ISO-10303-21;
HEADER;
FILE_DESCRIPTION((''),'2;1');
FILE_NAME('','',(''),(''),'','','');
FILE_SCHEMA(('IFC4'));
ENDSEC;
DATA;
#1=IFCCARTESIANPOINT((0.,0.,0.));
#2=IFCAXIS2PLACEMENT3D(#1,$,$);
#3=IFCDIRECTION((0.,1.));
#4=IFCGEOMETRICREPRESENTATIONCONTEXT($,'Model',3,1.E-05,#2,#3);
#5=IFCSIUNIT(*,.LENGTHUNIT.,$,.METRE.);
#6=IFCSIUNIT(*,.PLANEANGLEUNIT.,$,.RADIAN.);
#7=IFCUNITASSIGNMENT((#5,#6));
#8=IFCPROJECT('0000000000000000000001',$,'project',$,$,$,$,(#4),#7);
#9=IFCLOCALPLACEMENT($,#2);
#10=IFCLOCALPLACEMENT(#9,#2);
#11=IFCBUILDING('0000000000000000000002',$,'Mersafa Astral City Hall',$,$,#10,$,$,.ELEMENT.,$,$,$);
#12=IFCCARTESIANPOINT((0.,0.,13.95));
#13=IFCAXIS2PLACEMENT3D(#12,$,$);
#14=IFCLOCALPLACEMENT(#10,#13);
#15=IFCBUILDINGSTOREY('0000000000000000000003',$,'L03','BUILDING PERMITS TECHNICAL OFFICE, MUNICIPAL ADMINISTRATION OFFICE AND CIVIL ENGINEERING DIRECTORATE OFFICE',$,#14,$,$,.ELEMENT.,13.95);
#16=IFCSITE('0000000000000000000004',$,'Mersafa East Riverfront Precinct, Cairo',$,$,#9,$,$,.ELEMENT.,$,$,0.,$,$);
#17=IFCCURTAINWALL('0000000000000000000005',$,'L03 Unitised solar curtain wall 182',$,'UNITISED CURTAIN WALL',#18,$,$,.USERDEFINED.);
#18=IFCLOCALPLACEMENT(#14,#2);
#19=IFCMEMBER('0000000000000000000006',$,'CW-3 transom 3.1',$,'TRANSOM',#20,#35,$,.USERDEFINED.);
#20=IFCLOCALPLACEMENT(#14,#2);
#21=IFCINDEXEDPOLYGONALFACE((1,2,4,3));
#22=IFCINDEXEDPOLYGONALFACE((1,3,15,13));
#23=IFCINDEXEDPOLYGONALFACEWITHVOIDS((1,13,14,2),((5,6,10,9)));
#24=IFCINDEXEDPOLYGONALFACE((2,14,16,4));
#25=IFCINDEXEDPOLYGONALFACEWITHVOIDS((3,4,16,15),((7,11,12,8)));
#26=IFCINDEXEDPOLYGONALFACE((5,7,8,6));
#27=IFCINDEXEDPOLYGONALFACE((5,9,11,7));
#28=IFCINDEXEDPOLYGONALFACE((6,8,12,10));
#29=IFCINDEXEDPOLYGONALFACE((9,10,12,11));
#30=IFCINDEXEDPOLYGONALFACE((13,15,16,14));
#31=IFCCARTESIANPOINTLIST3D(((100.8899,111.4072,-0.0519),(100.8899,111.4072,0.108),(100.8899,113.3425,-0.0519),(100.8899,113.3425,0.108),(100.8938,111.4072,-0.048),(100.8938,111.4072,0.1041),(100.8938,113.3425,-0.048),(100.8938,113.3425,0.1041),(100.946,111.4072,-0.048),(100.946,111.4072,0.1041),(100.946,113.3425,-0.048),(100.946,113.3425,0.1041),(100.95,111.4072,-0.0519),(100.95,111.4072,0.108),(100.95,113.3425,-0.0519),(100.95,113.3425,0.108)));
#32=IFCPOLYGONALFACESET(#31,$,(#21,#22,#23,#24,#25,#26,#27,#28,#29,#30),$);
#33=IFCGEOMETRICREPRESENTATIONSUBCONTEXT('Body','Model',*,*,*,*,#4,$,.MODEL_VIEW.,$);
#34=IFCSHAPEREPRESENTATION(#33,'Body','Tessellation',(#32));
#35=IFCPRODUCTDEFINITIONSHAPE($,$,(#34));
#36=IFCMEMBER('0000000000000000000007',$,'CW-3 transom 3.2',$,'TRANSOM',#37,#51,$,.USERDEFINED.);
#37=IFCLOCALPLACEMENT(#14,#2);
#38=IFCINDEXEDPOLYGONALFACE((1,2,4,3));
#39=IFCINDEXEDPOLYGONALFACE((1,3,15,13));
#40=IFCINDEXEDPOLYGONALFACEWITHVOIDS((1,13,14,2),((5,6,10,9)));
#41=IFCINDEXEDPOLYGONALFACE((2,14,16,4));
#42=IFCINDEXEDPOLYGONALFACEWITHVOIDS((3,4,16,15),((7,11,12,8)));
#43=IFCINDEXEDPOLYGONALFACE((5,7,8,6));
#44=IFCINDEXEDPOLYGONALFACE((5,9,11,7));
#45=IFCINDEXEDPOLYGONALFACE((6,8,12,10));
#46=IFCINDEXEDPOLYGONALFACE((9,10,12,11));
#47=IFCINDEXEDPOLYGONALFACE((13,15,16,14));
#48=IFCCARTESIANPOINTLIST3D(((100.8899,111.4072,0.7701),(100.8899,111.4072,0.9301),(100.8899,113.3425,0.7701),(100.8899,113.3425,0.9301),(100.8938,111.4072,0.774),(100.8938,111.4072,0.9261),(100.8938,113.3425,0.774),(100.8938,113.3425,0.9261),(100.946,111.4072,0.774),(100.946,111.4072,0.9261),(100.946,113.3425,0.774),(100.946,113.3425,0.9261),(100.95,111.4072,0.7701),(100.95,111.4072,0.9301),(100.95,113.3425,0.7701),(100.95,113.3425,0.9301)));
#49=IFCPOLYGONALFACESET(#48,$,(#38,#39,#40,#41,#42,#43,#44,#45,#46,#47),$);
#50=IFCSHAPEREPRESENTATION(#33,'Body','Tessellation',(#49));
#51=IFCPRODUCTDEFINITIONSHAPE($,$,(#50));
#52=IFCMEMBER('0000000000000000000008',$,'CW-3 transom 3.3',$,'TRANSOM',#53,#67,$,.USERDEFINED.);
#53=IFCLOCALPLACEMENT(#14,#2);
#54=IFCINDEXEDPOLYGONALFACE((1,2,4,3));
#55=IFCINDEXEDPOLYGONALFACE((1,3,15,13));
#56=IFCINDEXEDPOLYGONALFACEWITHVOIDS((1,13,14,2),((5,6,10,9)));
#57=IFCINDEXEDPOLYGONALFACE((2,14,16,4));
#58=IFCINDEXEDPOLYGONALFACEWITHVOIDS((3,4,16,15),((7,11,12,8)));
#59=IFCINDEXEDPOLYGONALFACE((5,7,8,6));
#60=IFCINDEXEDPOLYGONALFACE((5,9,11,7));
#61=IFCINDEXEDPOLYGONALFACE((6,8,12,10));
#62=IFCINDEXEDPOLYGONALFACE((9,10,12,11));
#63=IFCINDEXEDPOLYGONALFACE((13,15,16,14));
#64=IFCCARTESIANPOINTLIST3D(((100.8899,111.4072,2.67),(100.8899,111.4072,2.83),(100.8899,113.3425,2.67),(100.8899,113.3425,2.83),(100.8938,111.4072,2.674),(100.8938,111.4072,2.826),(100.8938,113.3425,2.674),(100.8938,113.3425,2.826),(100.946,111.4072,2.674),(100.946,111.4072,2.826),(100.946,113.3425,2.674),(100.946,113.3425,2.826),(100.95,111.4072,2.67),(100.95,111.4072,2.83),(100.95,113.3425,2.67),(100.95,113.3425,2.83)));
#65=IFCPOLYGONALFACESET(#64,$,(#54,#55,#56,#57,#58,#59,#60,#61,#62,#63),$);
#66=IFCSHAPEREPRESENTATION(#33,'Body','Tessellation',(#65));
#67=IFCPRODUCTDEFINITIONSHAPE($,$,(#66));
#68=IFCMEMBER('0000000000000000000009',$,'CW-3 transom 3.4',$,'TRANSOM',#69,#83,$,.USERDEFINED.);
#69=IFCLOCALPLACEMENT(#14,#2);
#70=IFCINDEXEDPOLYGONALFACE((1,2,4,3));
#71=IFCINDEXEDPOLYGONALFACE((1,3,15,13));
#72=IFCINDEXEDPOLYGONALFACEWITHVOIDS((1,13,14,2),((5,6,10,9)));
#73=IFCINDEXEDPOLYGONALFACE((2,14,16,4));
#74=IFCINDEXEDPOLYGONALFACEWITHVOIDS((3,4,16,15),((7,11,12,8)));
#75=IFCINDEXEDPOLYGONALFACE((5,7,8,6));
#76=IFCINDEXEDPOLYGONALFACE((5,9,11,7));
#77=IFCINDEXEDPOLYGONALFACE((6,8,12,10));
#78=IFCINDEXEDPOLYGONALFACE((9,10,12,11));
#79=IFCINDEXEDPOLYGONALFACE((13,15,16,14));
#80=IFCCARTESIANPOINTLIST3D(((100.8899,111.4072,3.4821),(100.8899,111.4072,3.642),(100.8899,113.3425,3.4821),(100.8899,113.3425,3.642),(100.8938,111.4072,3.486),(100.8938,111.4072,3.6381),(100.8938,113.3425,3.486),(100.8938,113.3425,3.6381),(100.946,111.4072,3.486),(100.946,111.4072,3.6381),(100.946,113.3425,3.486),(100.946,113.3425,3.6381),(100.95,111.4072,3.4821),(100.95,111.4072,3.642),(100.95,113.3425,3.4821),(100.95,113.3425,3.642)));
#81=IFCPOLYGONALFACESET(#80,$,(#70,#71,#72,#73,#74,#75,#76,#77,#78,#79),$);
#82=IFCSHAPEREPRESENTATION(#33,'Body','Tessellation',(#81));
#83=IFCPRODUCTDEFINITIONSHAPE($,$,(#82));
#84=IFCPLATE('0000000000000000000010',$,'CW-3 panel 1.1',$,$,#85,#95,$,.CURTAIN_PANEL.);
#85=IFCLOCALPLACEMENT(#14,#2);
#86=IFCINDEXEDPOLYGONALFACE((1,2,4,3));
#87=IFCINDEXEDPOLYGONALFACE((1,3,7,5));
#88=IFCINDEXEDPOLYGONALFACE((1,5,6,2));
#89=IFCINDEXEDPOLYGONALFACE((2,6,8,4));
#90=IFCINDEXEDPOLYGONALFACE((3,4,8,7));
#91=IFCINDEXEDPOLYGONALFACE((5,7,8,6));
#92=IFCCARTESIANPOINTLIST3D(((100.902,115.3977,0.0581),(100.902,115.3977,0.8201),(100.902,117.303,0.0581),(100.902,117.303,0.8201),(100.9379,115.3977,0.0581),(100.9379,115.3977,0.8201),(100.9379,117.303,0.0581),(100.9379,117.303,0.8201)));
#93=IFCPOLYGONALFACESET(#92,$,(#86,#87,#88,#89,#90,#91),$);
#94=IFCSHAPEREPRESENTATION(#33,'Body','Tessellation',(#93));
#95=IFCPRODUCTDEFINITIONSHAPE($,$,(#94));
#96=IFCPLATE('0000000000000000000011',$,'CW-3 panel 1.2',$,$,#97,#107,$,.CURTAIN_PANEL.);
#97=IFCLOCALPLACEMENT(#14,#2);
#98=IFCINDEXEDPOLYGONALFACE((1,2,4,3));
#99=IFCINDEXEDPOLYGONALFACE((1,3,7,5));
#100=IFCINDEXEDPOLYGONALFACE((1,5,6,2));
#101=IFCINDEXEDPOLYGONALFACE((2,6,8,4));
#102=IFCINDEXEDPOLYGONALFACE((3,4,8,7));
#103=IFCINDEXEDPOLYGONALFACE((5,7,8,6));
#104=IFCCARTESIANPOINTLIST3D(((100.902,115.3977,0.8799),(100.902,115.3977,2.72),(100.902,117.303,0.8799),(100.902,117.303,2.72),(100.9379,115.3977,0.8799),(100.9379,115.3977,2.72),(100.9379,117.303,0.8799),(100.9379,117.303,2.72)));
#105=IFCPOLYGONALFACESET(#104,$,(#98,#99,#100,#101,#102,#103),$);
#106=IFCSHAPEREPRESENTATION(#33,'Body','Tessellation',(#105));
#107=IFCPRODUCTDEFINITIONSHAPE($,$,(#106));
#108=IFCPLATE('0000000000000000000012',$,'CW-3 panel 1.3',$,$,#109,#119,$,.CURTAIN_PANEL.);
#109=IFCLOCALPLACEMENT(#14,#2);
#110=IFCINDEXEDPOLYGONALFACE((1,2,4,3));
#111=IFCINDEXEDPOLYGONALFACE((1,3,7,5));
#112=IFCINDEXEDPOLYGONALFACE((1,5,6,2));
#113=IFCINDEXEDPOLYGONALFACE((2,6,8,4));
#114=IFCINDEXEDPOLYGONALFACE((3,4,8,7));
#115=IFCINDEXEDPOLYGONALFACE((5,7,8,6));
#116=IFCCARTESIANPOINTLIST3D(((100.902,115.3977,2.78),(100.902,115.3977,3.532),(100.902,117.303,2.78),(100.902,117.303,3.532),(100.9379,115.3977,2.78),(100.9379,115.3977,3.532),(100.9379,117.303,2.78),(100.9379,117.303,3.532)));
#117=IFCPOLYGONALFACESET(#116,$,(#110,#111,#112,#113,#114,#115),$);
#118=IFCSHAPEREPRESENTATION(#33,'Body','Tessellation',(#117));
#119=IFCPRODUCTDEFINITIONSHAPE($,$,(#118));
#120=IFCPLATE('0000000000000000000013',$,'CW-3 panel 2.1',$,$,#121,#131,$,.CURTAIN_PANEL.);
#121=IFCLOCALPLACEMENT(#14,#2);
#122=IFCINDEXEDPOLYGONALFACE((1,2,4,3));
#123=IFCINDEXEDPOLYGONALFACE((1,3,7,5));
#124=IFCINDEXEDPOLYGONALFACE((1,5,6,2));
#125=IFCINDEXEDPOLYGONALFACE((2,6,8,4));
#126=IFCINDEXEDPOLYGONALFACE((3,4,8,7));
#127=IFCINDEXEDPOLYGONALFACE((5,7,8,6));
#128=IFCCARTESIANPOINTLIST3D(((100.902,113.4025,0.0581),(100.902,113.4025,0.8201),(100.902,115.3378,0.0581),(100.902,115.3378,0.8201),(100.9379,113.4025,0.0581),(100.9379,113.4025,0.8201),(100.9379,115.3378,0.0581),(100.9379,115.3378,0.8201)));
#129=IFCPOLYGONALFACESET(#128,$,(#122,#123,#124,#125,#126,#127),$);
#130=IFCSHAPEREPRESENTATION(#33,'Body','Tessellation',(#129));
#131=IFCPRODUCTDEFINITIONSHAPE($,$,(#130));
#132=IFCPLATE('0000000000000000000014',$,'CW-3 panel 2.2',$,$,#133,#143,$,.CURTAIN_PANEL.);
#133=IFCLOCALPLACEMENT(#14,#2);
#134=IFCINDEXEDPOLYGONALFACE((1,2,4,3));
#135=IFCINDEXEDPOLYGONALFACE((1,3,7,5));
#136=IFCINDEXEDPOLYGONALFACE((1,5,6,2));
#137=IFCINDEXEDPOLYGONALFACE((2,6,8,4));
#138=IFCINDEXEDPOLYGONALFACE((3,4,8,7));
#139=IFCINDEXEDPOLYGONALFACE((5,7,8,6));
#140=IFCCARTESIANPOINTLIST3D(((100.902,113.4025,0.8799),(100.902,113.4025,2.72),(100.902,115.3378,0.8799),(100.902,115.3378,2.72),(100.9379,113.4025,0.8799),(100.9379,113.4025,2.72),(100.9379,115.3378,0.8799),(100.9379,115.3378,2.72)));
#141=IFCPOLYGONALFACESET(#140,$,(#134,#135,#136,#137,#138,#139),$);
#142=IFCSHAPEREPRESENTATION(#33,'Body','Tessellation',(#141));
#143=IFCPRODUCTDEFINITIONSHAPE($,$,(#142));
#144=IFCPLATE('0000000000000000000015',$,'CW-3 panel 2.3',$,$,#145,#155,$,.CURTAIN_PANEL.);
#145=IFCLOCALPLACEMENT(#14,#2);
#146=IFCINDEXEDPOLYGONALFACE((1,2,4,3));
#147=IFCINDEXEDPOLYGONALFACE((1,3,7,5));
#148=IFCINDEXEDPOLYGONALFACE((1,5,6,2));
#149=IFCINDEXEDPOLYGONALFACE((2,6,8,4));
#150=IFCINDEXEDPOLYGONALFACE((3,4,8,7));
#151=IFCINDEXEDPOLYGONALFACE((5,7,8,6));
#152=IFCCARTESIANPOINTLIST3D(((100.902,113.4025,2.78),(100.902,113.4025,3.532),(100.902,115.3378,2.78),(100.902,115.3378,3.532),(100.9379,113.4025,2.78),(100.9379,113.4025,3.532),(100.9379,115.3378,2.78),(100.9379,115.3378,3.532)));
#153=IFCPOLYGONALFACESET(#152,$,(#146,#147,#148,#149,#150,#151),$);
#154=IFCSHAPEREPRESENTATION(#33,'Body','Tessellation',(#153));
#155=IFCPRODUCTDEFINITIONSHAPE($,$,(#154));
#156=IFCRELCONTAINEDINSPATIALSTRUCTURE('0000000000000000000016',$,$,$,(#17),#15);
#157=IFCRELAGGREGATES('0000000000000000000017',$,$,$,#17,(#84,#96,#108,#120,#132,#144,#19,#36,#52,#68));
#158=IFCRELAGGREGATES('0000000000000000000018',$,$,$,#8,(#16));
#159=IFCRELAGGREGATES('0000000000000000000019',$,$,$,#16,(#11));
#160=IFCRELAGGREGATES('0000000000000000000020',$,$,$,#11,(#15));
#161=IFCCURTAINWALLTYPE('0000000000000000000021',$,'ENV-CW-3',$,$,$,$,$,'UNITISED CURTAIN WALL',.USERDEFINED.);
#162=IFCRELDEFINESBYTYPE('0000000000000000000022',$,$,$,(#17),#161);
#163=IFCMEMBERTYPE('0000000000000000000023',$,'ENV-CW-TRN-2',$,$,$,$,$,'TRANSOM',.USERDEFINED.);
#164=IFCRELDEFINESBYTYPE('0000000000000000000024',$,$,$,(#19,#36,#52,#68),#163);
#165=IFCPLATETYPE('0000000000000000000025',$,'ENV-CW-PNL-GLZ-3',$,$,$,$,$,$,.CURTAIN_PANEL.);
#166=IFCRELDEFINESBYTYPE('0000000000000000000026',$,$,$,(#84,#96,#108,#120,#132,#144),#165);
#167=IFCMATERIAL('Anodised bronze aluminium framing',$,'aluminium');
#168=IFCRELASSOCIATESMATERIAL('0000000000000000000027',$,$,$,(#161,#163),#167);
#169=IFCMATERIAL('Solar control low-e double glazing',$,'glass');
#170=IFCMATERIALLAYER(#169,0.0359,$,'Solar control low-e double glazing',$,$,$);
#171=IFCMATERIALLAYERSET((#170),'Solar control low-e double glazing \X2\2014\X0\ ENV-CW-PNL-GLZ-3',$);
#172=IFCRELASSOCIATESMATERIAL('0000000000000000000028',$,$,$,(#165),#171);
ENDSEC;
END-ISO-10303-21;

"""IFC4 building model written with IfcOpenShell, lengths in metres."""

from ifc_helpers import new_model, si_unit, direction, frame, origin, origin_2d, place, context, subcontext, project, spatial, rectangle, hollow_rectangle, extrude, material, layer, layer_set, material_profile, profile_set, type_object, element, aggregate, save


model = new_model("IFC4")

# Units and contexts
model_context = context("Model", 3, precision=1e-05, world=origin(), true_north=direction((0.0, 1.0)))
body_context = subcontext(model_context, "Body", "Model", "MODEL_VIEW")
ifc_project = project(units=[si_unit("LENGTHUNIT", "METRE"), si_unit("PLANEANGLEUNIT", "RADIAN")], contexts=[model_context])

# Site, building, storey
site_placement = place(None, origin())
site = spatial("IfcSite", under=ifc_project, at=site_placement, Name="Mersafa East Riverfront Precinct, Cairo", CompositionType="ELEMENT", RefElevation=0.0)
building_placement = place(site_placement, origin())
building = spatial("IfcBuilding", under=site, at=building_placement, Name="Mersafa Astral City Hall", CompositionType="ELEMENT")
storey_placement = place(building_placement, frame((0.0, 0.0, 13.95)))
storey = spatial("IfcBuildingStorey", under=building, at=storey_placement, Name="L03", Description="BUILDING PERMITS TECHNICAL OFFICE, MUNICIPAL ADMINISTRATION OFFICE AND CIVIL ENGINEERING DIRECTORATE OFFICE", CompositionType="ELEMENT", Elevation=13.95)

# Curtain wall, members, plates
ifc_material_1 = material(Name="Anodised bronze aluminium framing", Category="aluminium")
curtain_wall_type = type_object("IfcCurtainWallType", Name="ENV-CW-3", ElementType="UNITISED CURTAIN WALL", PredefinedType="USERDEFINED", material=ifc_material_1)
curtain_wall_placement = place(storey_placement, origin())
curtain_wall = element("IfcCurtainWall", 1, at=curtain_wall_placement, inside=storey, type_object=curtain_wall_type, Name="L03 Unitised solar curtain wall 182", ObjectType="UNITISED CURTAIN WALL", PredefinedType="USERDEFINED")
ifc_material_profile_1 = material_profile(ifc_material_1, hollow_rectangle(XDim=0.0601, YDim=0.1599, WallThickness=0.0039, at=origin_2d()), Name="RHS 60x160x4")
ifc_profile_set_1 = profile_set([ifc_material_profile_1], Name="Anodised bronze aluminium framing")
member_type_1 = type_object("IfcMemberType", Name="ENV-CW-TRN-2", ElementType="TRANSOM", PredefinedType="USERDEFINED", material=ifc_profile_set_1)
member_1_placement = place(storey_placement, frame((100.9199, 113.3425, 0.0281), z_axis=(0.0, -1.0, 0.0), x_axis=(1.0, 0.0, 0.0)))
member_1 = element("IfcMember", 2, at=member_1_placement, type_object=member_type_1, Name="CW-3 transom 3.1", ObjectType="TRANSOM", PredefinedType="USERDEFINED", context=body_context, shape_type="SweptSolid", body=[
    extrude(hollow_rectangle(XDim=0.0601, YDim=0.1599, WallThickness=0.0039, at=origin_2d()), origin(), (0.0, 0.0, 1.0), 1.9353),
])
member_2_placement = place(storey_placement, frame((100.9199, 113.3425, 0.8501), z_axis=(0.0, -1.0, 0.0), x_axis=(1.0, 0.0, 0.0)))
member_2 = element("IfcMember", 3, at=member_2_placement, type_object=member_type_1, Name="CW-3 transom 3.2", ObjectType="TRANSOM", PredefinedType="USERDEFINED", context=body_context, shape_type="SweptSolid", body=[
    extrude(hollow_rectangle(XDim=0.0601, YDim=0.1599, WallThickness=0.0039, at=origin_2d()), origin(), (0.0, 0.0, 1.0), 1.9353),
])
member_3_placement = place(storey_placement, frame((100.9199, 113.3425, 2.75), z_axis=(0.0, -1.0, 0.0), x_axis=(1.0, 0.0, 0.0)))
member_3 = element("IfcMember", 4, at=member_3_placement, type_object=member_type_1, Name="CW-3 transom 3.3", ObjectType="TRANSOM", PredefinedType="USERDEFINED", context=body_context, shape_type="SweptSolid", body=[
    extrude(hollow_rectangle(XDim=0.0601, YDim=0.1599, WallThickness=0.0039, at=origin_2d()), origin(), (0.0, 0.0, 1.0), 1.9353),
])
member_4_placement = place(storey_placement, frame((100.9199, 113.3425, 3.562), z_axis=(0.0, -1.0, 0.0), x_axis=(1.0, 0.0, 0.0)))
member_4 = element("IfcMember", 5, at=member_4_placement, type_object=member_type_1, Name="CW-3 transom 3.4", ObjectType="TRANSOM", PredefinedType="USERDEFINED", context=body_context, shape_type="SweptSolid", body=[
    extrude(hollow_rectangle(XDim=0.0601, YDim=0.1599, WallThickness=0.0039, at=origin_2d()), origin(), (0.0, 0.0, 1.0), 1.9353),
])
ifc_material_2 = material(Name="Solar control low-e double glazing", Category="glass")
ifc_layer = layer(ifc_material_2, 0.0359, Name="Solar control low-e double glazing")
ifc_layer_set = layer_set([ifc_layer], Name="Solar control low-e double glazing — ENV-CW-PNL-GLZ-3")
plate_type = type_object("IfcPlateType", Name="ENV-CW-PNL-GLZ-3", PredefinedType="CURTAIN_PANEL", material=ifc_layer_set)
plate_1_placement = place(storey_placement, frame((100.9199, 116.3503, 0.0581), z_axis=(0.0, 0.0, 1.0), x_axis=(0.0, -1.0, 0.0)))
plate_1 = element("IfcPlate", 6, at=plate_1_placement, type_object=plate_type, Name="CW-3 panel 1.1", PredefinedType="CURTAIN_PANEL", context=body_context, shape_type="SweptSolid", body=[
    extrude(rectangle(XDim=1.9053, YDim=0.0359, at=origin_2d()), origin(), (0.0, 0.0, 1.0), 0.762),
])
plate_2_placement = place(storey_placement, frame((100.9199, 116.3503, 0.8799), z_axis=(0.0, 0.0, 1.0), x_axis=(0.0, -1.0, 0.0)))
plate_2 = element("IfcPlate", 7, at=plate_2_placement, type_object=plate_type, Name="CW-3 panel 1.2", PredefinedType="CURTAIN_PANEL", context=body_context, shape_type="SweptSolid", body=[
    extrude(rectangle(XDim=1.9053, YDim=0.0359, at=origin_2d()), origin(), (0.0, 0.0, 1.0), 1.8401),
])
plate_3_placement = place(storey_placement, frame((100.9199, 116.3503, 2.78), z_axis=(0.0, 0.0, 1.0), x_axis=(0.0, -1.0, 0.0)))
plate_3 = element("IfcPlate", 8, at=plate_3_placement, type_object=plate_type, Name="CW-3 panel 1.3", PredefinedType="CURTAIN_PANEL", context=body_context, shape_type="SweptSolid", body=[
    extrude(rectangle(XDim=1.9053, YDim=0.0359, at=origin_2d()), origin(), (0.0, 0.0, 1.0), 0.752),
])
plate_4_placement = place(storey_placement, frame((100.9199, 114.3701, 0.0581), z_axis=(0.0, 0.0, 1.0), x_axis=(0.0, -1.0, 0.0)))
plate_4 = element("IfcPlate", 9, at=plate_4_placement, type_object=plate_type, Name="CW-3 panel 2.1", PredefinedType="CURTAIN_PANEL", context=body_context, shape_type="SweptSolid", body=[
    extrude(rectangle(XDim=1.9353, YDim=0.0359, at=origin_2d()), origin(), (0.0, 0.0, 1.0), 0.762),
])
plate_5_placement = place(storey_placement, frame((100.9199, 114.3701, 0.8799), z_axis=(0.0, 0.0, 1.0), x_axis=(0.0, -1.0, 0.0)))
plate_5 = element("IfcPlate", 10, at=plate_5_placement, type_object=plate_type, Name="CW-3 panel 2.2", PredefinedType="CURTAIN_PANEL", context=body_context, shape_type="SweptSolid", body=[
    extrude(rectangle(XDim=1.9353, YDim=0.0359, at=origin_2d()), origin(), (0.0, 0.0, 1.0), 1.8401),
])
plate_6_placement = place(storey_placement, frame((100.9199, 114.3701, 2.78), z_axis=(0.0, 0.0, 1.0), x_axis=(0.0, -1.0, 0.0)))
plate_6 = element("IfcPlate", 11, at=plate_6_placement, type_object=plate_type, Name="CW-3 panel 2.3", PredefinedType="CURTAIN_PANEL", context=body_context, shape_type="SweptSolid", body=[
    extrude(rectangle(XDim=1.9353, YDim=0.0359, at=origin_2d()), origin(), (0.0, 0.0, 1.0), 0.752),
])
aggregate(curtain_wall, [plate_1, plate_2, plate_3, plate_4, plate_5, plate_6, member_1, member_2, member_3, member_4])

save(model, "model.ifc")
